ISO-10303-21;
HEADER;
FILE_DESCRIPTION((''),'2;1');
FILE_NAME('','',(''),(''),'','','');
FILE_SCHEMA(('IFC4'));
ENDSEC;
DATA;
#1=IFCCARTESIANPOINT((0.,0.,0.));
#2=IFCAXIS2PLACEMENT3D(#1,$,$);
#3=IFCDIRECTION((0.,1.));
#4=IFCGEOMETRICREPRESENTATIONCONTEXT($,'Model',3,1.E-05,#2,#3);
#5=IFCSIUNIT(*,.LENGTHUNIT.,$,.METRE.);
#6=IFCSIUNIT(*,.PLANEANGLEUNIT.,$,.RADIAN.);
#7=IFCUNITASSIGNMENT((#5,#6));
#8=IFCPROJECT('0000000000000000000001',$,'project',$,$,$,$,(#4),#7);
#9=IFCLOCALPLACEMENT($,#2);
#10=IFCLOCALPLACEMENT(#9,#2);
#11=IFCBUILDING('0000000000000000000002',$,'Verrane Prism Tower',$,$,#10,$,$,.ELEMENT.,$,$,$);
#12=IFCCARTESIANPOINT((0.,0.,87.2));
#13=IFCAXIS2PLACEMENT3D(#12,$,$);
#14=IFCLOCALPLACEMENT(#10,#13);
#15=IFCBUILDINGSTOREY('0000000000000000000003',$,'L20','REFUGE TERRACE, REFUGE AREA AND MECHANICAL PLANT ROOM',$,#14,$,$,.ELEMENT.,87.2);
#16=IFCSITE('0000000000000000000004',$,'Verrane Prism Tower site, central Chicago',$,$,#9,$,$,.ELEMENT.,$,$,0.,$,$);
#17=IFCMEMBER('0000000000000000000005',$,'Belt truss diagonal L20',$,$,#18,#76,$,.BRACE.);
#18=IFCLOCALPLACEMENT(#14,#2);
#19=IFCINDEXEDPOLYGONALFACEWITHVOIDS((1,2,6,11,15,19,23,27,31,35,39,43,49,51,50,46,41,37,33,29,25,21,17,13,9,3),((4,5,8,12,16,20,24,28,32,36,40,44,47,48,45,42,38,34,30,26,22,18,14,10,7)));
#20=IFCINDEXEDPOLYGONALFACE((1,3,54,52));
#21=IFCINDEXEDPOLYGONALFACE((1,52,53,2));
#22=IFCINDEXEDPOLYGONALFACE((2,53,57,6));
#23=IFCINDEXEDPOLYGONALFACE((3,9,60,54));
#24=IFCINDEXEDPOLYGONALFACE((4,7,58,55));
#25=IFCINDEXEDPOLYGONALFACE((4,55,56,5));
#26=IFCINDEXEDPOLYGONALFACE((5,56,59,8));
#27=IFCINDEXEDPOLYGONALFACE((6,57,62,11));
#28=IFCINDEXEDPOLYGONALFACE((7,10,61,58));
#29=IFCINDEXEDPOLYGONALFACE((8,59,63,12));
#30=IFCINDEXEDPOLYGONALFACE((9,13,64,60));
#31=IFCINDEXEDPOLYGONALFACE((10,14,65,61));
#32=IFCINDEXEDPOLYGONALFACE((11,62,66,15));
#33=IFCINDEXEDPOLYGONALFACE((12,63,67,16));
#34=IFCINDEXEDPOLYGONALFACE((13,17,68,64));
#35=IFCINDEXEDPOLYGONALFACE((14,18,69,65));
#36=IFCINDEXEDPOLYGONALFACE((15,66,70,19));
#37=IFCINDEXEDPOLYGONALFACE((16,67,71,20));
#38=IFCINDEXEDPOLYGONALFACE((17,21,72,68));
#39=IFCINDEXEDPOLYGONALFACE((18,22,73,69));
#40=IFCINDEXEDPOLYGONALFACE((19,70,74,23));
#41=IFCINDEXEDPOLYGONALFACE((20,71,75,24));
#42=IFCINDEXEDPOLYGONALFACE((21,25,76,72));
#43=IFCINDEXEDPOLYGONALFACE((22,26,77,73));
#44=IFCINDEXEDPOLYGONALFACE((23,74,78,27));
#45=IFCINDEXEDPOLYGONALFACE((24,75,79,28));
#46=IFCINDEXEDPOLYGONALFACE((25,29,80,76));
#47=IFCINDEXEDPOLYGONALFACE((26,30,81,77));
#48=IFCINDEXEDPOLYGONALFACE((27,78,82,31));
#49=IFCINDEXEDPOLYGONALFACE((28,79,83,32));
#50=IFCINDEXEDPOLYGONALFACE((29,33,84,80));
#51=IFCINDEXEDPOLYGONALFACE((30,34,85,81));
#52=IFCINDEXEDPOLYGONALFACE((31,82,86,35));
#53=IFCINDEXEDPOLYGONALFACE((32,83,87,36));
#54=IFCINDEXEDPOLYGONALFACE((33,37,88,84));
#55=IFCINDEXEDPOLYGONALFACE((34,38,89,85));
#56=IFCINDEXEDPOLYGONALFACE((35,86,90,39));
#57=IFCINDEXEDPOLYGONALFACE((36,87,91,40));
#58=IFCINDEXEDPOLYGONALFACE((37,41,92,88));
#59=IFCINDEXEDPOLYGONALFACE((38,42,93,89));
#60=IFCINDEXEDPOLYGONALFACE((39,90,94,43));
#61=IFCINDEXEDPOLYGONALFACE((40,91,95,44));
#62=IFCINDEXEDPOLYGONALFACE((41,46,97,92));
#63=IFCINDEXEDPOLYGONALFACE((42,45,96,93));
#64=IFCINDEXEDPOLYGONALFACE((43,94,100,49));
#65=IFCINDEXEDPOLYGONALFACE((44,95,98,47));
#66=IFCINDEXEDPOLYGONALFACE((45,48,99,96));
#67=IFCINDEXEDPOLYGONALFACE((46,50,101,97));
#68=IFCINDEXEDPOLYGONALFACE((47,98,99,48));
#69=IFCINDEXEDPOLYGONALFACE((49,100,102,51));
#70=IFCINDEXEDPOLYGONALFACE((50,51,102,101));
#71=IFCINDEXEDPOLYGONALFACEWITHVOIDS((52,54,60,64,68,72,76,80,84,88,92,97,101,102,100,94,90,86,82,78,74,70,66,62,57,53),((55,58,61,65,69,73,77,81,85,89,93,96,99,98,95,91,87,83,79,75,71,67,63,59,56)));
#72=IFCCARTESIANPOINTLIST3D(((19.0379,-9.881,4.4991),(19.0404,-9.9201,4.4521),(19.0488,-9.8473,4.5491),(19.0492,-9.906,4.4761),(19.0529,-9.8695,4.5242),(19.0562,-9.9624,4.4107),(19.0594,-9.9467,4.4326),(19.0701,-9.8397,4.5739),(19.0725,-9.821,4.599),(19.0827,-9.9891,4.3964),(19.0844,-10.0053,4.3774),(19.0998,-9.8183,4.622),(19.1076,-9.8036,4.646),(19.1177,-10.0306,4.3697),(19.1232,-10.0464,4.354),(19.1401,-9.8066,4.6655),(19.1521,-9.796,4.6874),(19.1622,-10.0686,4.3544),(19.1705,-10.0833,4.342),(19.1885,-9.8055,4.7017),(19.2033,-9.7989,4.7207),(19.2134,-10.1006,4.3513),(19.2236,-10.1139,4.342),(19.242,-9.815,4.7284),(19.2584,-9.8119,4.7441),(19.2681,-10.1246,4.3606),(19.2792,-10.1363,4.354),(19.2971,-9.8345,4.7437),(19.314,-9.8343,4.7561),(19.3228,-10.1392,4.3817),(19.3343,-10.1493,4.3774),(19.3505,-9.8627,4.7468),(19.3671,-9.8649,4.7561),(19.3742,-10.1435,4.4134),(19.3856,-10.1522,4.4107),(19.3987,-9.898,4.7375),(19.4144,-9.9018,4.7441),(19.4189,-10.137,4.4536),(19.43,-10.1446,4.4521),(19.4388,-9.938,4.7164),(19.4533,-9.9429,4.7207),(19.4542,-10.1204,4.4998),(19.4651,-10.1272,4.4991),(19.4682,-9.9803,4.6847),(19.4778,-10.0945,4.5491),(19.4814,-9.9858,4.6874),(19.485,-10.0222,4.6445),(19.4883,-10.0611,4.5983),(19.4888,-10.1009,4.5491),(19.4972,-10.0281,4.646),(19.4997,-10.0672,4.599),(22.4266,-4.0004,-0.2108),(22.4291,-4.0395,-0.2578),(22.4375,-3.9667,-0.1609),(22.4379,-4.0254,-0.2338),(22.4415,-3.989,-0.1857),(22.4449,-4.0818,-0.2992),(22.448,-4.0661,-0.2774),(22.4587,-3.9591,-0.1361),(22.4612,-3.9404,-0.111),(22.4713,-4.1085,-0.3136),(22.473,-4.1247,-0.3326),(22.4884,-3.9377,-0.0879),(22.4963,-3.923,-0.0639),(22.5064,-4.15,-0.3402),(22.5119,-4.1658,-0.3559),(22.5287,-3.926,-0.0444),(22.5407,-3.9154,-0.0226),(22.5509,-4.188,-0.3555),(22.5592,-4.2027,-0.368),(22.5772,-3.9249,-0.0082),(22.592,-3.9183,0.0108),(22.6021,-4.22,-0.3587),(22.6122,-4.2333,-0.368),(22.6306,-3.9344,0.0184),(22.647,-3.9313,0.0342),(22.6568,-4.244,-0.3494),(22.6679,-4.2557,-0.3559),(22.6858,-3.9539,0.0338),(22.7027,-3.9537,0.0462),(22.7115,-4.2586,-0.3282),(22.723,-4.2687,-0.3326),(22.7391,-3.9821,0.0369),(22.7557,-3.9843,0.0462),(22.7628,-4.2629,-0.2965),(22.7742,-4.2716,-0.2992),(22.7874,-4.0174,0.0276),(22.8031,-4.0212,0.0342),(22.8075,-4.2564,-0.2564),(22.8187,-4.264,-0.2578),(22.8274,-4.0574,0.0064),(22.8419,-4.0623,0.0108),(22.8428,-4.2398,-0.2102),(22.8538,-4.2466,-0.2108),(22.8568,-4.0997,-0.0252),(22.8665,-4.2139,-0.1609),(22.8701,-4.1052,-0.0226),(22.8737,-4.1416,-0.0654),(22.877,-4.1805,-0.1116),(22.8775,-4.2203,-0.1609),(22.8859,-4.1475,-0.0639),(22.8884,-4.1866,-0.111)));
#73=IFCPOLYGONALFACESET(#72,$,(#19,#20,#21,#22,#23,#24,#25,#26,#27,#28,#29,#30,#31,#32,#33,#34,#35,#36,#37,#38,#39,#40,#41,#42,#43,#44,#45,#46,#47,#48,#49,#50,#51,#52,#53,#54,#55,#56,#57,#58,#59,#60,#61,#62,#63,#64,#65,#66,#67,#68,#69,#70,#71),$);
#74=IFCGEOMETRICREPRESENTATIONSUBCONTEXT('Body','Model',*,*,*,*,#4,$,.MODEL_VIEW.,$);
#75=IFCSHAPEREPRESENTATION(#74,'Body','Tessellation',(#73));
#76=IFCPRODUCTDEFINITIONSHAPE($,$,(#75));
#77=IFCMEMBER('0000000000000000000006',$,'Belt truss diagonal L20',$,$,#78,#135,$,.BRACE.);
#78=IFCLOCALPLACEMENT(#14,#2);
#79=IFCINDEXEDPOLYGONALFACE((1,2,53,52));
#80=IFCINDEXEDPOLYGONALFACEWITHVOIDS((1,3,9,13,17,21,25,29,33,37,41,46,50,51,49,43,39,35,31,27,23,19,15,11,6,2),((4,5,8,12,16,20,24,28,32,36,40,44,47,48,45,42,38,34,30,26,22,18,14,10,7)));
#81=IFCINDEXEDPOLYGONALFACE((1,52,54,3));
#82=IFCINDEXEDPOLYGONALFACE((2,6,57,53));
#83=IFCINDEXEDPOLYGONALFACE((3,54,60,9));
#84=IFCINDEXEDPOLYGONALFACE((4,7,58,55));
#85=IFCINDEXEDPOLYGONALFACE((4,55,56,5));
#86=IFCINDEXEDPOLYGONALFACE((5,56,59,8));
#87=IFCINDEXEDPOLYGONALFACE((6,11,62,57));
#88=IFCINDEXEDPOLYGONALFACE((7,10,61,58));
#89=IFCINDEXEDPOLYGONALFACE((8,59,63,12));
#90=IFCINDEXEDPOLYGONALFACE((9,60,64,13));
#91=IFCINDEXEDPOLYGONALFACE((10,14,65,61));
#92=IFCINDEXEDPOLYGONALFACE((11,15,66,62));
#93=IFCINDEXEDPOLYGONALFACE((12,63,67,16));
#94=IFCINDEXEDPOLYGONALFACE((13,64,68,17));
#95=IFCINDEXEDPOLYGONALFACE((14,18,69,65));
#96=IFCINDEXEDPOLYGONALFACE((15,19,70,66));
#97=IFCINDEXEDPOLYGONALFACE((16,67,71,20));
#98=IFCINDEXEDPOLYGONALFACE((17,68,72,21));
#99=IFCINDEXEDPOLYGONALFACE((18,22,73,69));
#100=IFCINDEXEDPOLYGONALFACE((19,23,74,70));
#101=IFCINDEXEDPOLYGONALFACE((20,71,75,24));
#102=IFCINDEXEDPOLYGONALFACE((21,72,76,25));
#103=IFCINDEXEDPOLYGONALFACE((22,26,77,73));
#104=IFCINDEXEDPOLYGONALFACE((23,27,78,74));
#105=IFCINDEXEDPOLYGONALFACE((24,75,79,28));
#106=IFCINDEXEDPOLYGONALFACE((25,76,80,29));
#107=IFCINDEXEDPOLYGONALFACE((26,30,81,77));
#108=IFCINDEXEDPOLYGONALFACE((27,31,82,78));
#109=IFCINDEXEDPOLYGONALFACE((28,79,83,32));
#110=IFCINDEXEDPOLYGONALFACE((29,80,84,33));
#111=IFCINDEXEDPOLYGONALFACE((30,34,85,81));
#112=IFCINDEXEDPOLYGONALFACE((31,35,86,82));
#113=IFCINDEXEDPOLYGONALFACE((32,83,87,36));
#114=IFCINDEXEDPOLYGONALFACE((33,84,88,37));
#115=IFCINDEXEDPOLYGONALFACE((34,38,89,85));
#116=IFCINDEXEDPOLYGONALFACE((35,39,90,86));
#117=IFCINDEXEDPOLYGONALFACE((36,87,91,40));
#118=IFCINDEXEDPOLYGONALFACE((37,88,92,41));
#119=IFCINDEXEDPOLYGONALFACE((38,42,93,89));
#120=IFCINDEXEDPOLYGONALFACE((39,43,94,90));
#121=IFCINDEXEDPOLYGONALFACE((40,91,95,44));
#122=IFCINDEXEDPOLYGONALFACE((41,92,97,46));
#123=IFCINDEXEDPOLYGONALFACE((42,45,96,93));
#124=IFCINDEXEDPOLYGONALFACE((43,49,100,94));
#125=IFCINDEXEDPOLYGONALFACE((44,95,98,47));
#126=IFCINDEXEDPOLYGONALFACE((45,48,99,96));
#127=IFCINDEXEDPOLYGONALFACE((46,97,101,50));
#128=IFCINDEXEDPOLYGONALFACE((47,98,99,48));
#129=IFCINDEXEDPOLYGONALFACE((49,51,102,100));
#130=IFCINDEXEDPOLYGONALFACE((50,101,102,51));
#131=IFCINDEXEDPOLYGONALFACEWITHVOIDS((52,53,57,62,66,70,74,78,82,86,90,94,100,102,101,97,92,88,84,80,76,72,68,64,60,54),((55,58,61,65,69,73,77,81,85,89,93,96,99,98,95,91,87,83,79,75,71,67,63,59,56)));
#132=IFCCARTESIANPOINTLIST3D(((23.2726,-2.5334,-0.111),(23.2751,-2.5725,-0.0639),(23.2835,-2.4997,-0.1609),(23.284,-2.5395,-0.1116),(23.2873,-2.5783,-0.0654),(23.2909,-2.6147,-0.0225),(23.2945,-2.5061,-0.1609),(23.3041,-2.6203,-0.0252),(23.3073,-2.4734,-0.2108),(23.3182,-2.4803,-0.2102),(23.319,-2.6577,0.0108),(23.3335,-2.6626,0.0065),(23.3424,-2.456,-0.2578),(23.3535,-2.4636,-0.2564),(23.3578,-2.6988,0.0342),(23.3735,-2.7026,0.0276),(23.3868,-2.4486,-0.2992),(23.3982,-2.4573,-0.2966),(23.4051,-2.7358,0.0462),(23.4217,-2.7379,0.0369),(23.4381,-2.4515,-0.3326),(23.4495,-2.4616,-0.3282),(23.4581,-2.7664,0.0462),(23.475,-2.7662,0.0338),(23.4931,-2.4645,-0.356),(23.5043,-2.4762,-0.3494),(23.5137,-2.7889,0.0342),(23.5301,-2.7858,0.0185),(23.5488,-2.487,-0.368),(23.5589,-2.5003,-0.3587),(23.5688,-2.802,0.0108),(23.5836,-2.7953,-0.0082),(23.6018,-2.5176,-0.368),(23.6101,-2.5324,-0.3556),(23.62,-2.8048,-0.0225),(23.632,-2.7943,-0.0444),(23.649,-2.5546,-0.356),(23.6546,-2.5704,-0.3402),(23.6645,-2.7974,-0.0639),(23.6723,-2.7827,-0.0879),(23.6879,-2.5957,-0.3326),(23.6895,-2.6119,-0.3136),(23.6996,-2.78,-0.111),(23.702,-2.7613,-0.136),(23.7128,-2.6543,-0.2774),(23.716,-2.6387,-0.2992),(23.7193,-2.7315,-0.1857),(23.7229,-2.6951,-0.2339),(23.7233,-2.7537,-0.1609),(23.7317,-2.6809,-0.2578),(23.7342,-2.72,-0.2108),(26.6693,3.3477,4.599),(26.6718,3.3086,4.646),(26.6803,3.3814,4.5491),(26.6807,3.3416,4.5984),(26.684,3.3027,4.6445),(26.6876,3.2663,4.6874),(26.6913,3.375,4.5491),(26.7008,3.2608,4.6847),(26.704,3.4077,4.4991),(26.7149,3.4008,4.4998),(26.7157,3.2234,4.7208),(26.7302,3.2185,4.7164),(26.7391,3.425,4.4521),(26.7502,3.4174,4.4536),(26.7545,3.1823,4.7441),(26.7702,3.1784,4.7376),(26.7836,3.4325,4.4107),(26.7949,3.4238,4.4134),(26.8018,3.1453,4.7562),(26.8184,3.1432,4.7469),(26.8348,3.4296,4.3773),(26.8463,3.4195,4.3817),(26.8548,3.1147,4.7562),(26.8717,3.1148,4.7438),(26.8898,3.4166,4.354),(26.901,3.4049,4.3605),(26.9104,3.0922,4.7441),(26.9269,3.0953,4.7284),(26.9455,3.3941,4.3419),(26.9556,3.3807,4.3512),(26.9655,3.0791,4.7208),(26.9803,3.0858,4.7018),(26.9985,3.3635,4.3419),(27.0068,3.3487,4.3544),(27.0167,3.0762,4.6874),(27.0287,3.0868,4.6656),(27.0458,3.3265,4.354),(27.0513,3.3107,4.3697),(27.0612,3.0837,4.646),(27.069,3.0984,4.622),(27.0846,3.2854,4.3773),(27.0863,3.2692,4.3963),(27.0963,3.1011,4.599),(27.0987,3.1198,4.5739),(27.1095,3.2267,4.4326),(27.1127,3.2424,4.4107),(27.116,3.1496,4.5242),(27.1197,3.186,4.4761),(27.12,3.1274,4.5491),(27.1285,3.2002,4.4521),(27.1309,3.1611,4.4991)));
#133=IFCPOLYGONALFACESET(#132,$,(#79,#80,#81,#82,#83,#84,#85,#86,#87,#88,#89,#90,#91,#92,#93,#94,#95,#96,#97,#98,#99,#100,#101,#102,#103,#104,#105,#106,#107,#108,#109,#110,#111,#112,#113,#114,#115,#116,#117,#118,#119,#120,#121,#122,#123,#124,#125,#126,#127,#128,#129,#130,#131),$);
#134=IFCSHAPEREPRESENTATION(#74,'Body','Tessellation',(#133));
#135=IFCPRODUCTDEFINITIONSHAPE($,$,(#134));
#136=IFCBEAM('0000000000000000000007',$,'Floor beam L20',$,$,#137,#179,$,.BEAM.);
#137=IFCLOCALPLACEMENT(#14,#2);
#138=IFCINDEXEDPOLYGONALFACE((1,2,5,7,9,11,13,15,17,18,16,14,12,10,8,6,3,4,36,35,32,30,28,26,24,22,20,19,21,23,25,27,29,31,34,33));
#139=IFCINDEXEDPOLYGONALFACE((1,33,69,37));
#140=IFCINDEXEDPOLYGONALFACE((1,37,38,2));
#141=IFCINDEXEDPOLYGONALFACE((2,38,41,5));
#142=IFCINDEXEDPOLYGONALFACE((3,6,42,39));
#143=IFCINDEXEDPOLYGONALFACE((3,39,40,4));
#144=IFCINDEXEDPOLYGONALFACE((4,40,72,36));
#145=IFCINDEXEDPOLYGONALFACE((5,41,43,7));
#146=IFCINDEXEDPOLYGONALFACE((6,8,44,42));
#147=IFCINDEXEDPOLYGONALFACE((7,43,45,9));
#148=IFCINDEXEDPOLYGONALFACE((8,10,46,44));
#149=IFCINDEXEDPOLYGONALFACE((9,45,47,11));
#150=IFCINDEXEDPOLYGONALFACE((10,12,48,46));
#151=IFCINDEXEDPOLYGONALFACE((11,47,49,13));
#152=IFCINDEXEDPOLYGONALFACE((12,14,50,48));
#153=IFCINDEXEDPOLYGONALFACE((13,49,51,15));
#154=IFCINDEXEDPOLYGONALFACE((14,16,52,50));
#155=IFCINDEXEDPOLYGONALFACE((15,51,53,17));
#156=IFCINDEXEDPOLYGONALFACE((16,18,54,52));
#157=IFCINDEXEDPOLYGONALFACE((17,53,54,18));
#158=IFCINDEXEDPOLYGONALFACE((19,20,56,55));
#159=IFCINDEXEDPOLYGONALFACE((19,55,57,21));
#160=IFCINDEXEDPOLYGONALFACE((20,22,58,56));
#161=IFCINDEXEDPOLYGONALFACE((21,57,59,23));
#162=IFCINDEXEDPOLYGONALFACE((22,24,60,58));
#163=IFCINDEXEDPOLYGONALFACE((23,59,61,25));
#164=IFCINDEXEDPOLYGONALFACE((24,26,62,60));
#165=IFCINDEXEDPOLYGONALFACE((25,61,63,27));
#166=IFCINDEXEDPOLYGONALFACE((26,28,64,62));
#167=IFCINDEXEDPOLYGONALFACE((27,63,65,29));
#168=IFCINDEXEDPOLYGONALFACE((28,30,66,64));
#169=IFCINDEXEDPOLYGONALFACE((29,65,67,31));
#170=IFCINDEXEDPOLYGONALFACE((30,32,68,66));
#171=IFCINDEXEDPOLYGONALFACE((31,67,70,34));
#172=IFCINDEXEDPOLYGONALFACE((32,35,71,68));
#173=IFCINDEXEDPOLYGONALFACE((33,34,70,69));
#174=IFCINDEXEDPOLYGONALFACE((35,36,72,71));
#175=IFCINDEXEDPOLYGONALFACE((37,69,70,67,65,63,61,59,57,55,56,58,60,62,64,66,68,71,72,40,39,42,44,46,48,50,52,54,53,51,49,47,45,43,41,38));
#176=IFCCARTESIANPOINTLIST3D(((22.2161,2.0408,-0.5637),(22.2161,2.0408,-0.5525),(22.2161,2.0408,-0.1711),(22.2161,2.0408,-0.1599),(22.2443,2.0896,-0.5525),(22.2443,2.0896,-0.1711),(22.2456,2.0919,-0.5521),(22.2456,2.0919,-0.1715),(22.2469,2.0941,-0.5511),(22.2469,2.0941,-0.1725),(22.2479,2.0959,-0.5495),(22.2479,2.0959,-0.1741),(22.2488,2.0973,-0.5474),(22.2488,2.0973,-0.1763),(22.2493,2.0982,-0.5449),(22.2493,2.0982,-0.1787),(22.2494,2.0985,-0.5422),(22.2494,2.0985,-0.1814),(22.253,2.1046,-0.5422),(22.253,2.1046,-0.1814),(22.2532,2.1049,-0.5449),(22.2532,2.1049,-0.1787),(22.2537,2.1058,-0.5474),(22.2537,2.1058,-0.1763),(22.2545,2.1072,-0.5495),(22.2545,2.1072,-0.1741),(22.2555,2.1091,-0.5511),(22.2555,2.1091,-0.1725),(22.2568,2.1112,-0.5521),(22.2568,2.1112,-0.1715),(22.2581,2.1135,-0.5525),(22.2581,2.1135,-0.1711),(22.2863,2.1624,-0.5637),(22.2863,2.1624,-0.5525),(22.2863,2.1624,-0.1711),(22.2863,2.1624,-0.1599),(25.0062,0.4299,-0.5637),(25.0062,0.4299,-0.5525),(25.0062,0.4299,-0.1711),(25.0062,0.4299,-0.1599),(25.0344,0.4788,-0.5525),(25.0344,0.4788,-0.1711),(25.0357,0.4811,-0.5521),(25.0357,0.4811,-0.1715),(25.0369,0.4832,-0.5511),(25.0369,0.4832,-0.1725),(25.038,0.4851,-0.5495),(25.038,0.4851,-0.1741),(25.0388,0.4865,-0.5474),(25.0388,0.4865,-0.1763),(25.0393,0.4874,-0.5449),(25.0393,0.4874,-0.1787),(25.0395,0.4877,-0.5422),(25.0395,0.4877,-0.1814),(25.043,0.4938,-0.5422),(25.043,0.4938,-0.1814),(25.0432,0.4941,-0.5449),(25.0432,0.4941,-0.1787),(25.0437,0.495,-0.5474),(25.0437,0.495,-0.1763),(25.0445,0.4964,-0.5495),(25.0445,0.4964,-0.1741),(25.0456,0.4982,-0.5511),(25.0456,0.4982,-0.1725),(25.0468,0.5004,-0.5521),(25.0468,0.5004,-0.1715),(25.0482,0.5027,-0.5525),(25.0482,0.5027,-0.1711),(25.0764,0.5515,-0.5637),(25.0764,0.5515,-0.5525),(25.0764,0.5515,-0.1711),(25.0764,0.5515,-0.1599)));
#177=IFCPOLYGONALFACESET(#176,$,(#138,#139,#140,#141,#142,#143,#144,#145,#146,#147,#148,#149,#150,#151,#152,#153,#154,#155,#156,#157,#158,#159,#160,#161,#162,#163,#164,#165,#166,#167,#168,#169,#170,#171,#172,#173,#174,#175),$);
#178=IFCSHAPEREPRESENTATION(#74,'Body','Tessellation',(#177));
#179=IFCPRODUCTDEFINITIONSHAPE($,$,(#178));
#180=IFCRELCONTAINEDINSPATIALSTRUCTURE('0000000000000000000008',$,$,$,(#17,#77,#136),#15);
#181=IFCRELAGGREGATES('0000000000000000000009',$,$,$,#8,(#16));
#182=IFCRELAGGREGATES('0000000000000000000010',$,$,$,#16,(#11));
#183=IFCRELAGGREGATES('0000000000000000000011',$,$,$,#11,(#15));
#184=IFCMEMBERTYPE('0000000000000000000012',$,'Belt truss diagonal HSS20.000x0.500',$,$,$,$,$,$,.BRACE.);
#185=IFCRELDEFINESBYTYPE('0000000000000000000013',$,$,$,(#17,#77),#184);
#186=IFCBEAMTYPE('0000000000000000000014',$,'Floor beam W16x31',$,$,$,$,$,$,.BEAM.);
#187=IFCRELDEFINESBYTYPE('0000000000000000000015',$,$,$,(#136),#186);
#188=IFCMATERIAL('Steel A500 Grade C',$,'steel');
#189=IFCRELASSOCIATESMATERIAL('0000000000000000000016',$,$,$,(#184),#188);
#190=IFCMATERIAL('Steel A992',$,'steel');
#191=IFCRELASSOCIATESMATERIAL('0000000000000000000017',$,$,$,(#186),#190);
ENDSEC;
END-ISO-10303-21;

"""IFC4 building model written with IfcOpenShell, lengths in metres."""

from ifc_helpers import new_model, si_unit, direction, frame, origin, origin_2d, place, context, subcontext, project, spatial, hollow_circle, i_section, extrude, material, material_profile, profile_set, type_object, element, save


model = new_model("IFC4")

# Units and contexts
model_context = context("Model", 3, precision=1e-05, world=origin(), true_north=direction((0.0, 1.0)))
body_context = subcontext(model_context, "Body", "Model", "MODEL_VIEW")
ifc_project = project(units=[si_unit("LENGTHUNIT", "METRE"), si_unit("PLANEANGLEUNIT", "RADIAN")], contexts=[model_context])

# Site, building, storey
site_placement = place(None, origin())
site = spatial("IfcSite", under=ifc_project, at=site_placement, Name="Verrane Prism Tower site, central Chicago", CompositionType="ELEMENT", RefElevation=0.0)
building_placement = place(site_placement, origin())
building = spatial("IfcBuilding", under=site, at=building_placement, Name="Verrane Prism Tower", CompositionType="ELEMENT")
storey_placement = place(building_placement, frame((0.0, 0.0, 87.2)))
storey = spatial("IfcBuildingStorey", under=building, at=storey_placement, Name="L20", Description="REFUGE TERRACE, REFUGE AREA AND MECHANICAL PLANT ROOM", CompositionType="ELEMENT", Elevation=87.2)

# Members
ifc_material_1 = material(Name="Steel A500 Grade C", Category="steel")
ifc_material_profile_1 = material_profile(ifc_material_1, hollow_circle(Radius=0.2539, WallThickness=0.0127, at=origin_2d()), Name="HSS20.000x0.500")
ifc_profile_set_1 = profile_set([ifc_material_profile_1], Name="Steel A500 Grade C")
member_type_1 = type_object("IfcMemberType", Name="Belt truss diagonal HSS20.000x0.500", PredefinedType="BRACE", material=ifc_profile_set_1)
member_1_placement = place(storey_placement, frame((22.6575, -4.0935, -0.1609), z_axis=(-0.410188, -0.71183, 0.570126), x_axis=(0.86644, -0.499281, 0.0)))
element("IfcMember", 1, at=member_1_placement, inside=storey, type_object=member_type_1, Name="Belt truss diagonal L20", PredefinedType="BRACE", context=body_context, shape_type="SweptSolid", body=[
    extrude(hollow_circle(Radius=0.2539, WallThickness=0.0127, at=origin_2d()), origin(), (0.0, 0.0, 1.0), 8.2612),
])
member_2_placement = place(storey_placement, frame((23.5034, -2.6267, -0.1609), z_axis=(0.410981, 0.711574, 0.569874), x_axis=(-0.865944, 0.50014, 0.0)))
element("IfcMember", 2, at=member_2_placement, inside=storey, type_object=member_type_1, Name="Belt truss diagonal L20", PredefinedType="BRACE", context=body_context, shape_type="SweptSolid", body=[
    extrude(hollow_circle(Radius=0.2539, WallThickness=0.0127, at=origin_2d()), origin(), (0.0, 0.0, 1.0), 8.2649),
])

# Beam
ifc_material_2 = material(Name="Steel A992", Category="steel")
ifc_material_profile_2 = material_profile(ifc_material_2, i_section(OverallWidth=0.1404, OverallDepth=0.4038, WebThickness=0.0071, FlangeThickness=0.0112, FilletRadius=0.0103, at=origin_2d()), Name="W16x31")
ifc_profile_set_2 = profile_set([ifc_material_profile_2], Name="Steel A992")
beam_type_1 = type_object("IfcBeamType", Name="Floor beam W16x31", PredefinedType="BEAM", material=ifc_profile_set_2)
beam_1_placement = place(storey_placement, frame((25.0413, 0.4907, -0.3618), z_axis=(-0.866024, 0.500002, 0.0), x_axis=(-0.500002, -0.866024, 0.0)))
element("IfcBeam", 3, at=beam_1_placement, inside=storey, type_object=beam_type_1, Name="Floor beam L20", PredefinedType="BEAM", context=body_context, shape_type="SweptSolid", body=[
    extrude(i_section(OverallWidth=0.1404, OverallDepth=0.4038, WebThickness=0.0071, FlangeThickness=0.0112, FilletRadius=0.0103, at=origin_2d()), origin(), (0.0, 0.0, 1.0), 3.2217),
])

save(model, "model.ifc")
